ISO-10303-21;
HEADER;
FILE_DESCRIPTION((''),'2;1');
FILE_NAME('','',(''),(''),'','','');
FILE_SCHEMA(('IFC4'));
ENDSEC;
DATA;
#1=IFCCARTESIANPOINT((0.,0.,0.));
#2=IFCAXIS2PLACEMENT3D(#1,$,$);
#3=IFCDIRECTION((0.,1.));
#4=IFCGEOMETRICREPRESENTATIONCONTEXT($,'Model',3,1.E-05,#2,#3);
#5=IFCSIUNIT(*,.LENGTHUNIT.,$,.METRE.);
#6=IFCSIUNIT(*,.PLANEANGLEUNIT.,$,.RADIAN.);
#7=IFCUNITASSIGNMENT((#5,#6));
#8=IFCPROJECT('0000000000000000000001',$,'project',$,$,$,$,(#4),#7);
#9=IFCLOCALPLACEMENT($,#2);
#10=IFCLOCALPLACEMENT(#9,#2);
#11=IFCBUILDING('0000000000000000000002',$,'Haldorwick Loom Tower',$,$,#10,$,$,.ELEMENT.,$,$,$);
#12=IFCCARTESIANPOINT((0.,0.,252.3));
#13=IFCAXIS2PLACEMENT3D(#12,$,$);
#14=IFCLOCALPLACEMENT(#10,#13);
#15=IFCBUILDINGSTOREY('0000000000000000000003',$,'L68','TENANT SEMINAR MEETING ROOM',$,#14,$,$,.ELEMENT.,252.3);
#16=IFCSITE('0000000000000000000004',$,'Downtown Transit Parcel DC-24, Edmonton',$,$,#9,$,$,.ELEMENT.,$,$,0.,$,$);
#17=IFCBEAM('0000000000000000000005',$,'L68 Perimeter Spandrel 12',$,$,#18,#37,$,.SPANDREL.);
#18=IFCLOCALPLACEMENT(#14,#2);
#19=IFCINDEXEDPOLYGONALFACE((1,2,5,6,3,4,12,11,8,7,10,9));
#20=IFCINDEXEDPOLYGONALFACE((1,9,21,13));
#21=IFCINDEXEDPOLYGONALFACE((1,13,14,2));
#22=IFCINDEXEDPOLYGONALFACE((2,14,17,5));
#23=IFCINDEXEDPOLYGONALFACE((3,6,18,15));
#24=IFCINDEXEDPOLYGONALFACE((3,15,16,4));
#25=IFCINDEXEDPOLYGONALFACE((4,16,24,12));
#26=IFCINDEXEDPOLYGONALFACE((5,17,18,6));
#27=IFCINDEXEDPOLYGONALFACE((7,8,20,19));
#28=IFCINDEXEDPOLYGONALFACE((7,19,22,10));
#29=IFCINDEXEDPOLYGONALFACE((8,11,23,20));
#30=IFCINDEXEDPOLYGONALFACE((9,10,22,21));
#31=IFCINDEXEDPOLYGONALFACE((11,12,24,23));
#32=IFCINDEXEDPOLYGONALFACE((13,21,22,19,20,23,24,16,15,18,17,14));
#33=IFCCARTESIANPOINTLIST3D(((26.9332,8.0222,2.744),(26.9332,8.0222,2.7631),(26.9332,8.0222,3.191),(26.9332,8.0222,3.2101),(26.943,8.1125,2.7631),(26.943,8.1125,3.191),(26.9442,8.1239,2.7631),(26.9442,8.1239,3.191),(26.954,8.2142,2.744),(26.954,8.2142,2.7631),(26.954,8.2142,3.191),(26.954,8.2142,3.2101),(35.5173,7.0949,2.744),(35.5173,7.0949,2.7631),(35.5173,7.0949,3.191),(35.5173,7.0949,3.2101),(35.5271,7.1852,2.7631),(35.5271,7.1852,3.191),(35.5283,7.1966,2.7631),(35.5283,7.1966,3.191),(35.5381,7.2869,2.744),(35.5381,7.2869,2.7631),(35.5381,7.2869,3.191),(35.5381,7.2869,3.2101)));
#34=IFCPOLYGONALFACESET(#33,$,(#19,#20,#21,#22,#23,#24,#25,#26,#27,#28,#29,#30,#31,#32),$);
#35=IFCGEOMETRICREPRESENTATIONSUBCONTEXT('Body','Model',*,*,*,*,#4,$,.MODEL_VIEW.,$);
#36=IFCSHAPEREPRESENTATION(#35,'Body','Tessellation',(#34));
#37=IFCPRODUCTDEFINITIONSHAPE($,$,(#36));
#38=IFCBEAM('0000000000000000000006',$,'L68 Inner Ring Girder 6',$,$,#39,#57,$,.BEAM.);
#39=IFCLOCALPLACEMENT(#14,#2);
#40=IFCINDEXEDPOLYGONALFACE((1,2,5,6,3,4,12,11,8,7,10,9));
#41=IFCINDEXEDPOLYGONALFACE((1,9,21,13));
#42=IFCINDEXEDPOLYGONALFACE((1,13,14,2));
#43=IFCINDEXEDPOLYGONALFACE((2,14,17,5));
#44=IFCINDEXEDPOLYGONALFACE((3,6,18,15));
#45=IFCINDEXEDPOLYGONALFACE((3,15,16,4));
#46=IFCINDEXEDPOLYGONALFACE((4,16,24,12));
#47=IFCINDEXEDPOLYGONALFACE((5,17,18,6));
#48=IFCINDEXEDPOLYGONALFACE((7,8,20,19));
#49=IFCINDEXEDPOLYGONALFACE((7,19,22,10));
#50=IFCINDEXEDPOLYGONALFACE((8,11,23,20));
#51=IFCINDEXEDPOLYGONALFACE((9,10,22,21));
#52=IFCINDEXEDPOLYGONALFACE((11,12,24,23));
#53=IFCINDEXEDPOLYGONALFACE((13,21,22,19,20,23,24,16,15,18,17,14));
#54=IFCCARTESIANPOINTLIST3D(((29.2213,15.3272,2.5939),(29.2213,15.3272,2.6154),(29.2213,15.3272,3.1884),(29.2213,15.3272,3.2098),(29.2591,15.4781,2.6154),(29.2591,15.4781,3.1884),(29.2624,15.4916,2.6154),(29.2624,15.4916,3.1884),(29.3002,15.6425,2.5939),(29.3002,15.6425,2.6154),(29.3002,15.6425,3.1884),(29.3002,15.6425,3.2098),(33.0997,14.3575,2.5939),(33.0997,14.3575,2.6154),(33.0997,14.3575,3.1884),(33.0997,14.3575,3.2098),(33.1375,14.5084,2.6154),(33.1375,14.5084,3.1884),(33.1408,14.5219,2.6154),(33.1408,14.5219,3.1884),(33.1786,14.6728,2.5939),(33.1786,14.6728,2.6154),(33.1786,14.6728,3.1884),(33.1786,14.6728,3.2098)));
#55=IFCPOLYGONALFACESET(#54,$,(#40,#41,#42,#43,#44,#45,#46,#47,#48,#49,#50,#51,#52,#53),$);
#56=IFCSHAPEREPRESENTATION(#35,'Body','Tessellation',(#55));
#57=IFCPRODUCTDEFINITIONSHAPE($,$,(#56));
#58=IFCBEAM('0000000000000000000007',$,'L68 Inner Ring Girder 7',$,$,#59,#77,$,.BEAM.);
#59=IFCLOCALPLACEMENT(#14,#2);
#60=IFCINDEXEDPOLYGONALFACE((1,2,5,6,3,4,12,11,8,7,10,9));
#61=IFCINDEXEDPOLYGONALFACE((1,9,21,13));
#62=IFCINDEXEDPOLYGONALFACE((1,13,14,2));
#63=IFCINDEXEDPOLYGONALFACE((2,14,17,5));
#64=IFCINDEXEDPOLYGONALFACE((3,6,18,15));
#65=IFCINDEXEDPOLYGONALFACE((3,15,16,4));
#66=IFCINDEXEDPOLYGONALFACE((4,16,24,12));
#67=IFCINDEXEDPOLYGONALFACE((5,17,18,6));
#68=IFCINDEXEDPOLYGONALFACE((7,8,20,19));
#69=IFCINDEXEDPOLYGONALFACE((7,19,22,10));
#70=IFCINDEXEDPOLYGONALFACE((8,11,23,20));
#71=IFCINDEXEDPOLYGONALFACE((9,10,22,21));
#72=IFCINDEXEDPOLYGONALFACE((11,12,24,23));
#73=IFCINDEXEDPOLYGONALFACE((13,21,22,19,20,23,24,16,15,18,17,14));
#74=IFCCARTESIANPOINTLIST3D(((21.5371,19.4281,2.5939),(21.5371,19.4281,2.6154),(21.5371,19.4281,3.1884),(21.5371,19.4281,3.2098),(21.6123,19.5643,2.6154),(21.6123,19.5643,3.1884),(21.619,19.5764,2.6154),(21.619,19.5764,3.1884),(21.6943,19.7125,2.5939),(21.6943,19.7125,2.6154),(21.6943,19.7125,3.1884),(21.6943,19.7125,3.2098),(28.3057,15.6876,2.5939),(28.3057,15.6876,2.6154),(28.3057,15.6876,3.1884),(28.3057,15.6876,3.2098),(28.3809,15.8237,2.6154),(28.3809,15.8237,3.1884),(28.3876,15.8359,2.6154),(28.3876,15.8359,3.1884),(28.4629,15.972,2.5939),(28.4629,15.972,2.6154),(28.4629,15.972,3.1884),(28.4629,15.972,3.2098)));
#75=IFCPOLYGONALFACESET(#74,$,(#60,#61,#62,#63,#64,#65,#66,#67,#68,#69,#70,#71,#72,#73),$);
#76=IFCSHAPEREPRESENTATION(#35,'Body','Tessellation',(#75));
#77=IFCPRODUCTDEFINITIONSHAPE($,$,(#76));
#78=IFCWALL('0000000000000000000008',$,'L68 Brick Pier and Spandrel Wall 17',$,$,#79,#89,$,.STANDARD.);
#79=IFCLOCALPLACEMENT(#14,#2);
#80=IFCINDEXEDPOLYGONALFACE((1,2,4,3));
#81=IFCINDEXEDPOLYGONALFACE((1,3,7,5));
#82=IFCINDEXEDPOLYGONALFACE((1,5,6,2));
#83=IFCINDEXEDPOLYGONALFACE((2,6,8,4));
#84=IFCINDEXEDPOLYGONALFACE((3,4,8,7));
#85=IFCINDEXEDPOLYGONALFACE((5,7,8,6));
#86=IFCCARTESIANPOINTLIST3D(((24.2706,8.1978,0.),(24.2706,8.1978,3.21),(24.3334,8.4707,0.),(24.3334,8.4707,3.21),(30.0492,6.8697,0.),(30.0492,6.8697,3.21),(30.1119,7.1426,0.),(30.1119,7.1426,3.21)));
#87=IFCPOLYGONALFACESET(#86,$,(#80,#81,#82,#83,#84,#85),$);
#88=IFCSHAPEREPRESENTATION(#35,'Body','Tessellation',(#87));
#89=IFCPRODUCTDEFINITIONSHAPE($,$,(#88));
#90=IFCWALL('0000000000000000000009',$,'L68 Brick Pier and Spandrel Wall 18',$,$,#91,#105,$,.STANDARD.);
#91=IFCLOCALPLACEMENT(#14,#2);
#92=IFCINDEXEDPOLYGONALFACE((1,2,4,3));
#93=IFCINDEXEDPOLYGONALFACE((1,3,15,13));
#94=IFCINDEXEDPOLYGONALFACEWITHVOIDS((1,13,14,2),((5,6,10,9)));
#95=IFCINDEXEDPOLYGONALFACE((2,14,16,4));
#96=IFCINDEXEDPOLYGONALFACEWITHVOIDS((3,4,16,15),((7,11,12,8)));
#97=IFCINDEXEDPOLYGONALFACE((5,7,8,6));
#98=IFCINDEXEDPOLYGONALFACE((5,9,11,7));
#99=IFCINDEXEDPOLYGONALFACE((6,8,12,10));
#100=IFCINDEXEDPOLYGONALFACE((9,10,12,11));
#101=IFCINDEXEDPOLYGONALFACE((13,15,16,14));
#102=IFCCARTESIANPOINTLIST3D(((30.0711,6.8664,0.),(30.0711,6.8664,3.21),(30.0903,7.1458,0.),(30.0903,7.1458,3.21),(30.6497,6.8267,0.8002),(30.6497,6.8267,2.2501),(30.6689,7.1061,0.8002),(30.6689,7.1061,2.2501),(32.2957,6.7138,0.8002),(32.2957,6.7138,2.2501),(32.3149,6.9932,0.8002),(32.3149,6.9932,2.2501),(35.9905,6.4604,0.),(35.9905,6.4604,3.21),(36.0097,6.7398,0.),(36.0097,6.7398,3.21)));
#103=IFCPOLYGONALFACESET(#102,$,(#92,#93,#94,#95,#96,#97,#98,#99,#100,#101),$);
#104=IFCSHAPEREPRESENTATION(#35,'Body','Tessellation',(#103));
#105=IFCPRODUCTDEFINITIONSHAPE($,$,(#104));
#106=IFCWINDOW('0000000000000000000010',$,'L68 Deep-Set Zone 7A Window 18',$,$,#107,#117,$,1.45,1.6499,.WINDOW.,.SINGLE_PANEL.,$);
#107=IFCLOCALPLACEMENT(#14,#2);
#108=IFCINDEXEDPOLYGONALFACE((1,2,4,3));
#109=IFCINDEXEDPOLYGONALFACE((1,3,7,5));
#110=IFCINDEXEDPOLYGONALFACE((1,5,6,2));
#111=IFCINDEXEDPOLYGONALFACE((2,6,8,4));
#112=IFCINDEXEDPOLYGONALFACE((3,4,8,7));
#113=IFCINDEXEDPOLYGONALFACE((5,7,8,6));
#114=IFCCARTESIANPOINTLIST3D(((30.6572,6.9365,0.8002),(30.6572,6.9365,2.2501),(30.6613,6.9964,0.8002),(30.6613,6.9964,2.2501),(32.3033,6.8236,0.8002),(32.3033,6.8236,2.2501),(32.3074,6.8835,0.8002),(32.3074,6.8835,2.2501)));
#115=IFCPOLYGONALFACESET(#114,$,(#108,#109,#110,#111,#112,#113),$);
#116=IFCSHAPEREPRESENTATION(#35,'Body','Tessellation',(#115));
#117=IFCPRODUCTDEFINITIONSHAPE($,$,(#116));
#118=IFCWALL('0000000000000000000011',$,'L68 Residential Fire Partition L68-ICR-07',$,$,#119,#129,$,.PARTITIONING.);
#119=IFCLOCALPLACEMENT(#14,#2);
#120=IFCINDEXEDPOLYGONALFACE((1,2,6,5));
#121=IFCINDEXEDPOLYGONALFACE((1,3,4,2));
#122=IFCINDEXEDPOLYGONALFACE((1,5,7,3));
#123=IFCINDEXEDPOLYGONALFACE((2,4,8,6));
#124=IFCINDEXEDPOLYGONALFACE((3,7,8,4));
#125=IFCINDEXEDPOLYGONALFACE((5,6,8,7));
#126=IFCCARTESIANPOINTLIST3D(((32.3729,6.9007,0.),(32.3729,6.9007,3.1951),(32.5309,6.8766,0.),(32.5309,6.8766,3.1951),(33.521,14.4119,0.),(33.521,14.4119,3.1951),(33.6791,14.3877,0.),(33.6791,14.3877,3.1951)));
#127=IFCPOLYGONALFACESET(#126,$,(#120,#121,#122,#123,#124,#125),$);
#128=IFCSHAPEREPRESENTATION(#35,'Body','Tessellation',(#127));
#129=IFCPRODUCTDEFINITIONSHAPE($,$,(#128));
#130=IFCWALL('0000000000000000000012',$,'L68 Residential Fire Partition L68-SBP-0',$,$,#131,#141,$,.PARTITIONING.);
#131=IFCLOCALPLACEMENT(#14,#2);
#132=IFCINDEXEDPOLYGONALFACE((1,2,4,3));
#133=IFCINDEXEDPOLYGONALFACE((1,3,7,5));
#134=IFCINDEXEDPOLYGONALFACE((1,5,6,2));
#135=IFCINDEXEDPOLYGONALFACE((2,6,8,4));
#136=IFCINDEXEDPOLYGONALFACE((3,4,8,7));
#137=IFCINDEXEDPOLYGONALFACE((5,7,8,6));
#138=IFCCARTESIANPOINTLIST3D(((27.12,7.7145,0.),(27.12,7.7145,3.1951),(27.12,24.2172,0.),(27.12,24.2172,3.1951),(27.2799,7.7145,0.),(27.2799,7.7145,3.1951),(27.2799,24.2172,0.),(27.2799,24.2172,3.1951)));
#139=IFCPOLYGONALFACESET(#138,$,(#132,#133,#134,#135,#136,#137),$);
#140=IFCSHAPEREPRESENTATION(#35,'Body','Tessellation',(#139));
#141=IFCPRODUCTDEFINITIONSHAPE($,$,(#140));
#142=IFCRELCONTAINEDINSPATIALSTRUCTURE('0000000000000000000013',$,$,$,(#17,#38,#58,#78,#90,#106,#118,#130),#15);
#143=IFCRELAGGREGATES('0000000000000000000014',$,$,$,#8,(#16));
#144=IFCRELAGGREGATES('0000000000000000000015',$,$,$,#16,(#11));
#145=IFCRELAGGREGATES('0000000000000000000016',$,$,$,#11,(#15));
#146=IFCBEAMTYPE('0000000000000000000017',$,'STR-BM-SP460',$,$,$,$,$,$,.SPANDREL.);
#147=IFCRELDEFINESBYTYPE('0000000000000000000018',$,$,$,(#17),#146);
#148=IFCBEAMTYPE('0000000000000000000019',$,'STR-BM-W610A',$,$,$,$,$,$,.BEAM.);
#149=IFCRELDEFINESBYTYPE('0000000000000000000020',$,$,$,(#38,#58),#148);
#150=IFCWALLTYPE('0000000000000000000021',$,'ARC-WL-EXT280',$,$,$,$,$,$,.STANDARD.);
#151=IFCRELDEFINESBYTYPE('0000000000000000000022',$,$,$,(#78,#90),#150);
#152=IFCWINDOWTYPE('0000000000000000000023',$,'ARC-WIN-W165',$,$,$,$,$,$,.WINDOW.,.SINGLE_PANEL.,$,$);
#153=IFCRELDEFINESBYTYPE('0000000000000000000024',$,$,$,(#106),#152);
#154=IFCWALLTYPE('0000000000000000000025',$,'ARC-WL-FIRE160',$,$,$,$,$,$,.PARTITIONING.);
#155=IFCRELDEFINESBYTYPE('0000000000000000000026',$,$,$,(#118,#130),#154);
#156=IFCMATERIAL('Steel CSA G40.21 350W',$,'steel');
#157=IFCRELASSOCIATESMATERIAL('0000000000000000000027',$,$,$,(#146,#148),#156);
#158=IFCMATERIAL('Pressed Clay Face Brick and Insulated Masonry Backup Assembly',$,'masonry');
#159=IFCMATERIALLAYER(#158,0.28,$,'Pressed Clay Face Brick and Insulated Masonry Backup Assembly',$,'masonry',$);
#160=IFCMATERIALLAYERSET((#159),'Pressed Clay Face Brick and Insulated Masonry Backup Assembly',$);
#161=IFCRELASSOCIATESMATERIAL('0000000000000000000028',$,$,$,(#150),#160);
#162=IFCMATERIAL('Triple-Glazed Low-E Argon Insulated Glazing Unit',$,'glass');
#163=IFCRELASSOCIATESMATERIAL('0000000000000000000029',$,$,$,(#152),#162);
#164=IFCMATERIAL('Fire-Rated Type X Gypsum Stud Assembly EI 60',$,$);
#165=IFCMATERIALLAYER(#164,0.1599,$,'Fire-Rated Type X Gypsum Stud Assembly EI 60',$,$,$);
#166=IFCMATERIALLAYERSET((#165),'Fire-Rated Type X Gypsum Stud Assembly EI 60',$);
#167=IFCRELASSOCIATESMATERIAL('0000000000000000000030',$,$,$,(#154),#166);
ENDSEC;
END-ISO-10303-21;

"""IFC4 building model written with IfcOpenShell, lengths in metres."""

from ifc_helpers import new_model, si_unit, direction, frame, frame_2d, origin, origin_2d, place, context, subcontext, project, spatial, rectangle, i_section, extrude, material, layer, layer_set, material_profile, profile_set, type_object, element, fill, save


model = new_model("IFC4")

# Units and contexts
model_context = context("Model", 3, precision=1e-05, world=origin(), true_north=direction((0.0, 1.0)))
body_context = subcontext(model_context, "Body", "Model", "MODEL_VIEW")
ifc_project = project(units=[si_unit("LENGTHUNIT", "METRE"), si_unit("PLANEANGLEUNIT", "RADIAN")], contexts=[model_context])

# Site, building, storey
site_placement = place(None, origin())
site = spatial("IfcSite", under=ifc_project, at=site_placement, Name="Downtown Transit Parcel DC-24, Edmonton", CompositionType="ELEMENT", RefElevation=0.0)
building_placement = place(site_placement, origin())
building = spatial("IfcBuilding", under=site, at=building_placement, Name="Haldorwick Loom Tower", CompositionType="ELEMENT")
storey_placement = place(building_placement, frame((0.0, 0.0, 252.3)))
storey = spatial("IfcBuildingStorey", under=building, at=storey_placement, Name="L68", Description="TENANT SEMINAR MEETING ROOM", CompositionType="ELEMENT", Elevation=252.3)

# Beams
ifc_material_1 = material(Name="Steel CSA G40.21 350W", Category="steel")
ifc_material_profile_1 = material_profile(ifc_material_1, i_section(OverallWidth=0.1931, OverallDepth=0.4661, WebThickness=0.0115, FlangeThickness=0.019, at=origin_2d()), Name="W460X97", Category="steel")
ifc_profile_set_1 = profile_set([ifc_material_profile_1], Name="Steel CSA G40.21 350W")
beam_type_1 = type_object("IfcBeamType", Name="STR-BM-SP460", PredefinedType="SPANDREL", material=ifc_profile_set_1)
beam_1_placement = place(storey_placement, frame((26.9436, 8.1182, 2.9771), z_axis=(0.994216, -0.107396, 0.0), x_axis=(0.107396, 0.994216, 0.0)))
element("IfcBeam", 1, at=beam_1_placement, inside=storey, type_object=beam_type_1, Name="L68 Perimeter Spandrel 12", PredefinedType="SPANDREL", context=body_context, shape_type="SweptSolid", body=[
    extrude(i_section(OverallWidth=0.1931, OverallDepth=0.4661, WebThickness=0.0115, FlangeThickness=0.019, at=origin_2d()), origin(), (0.0, 0.0, 1.0), 8.634),
])
ifc_material_profile_2 = material_profile(ifc_material_1, i_section(OverallWidth=0.325, OverallDepth=0.616, WebThickness=0.0139, FlangeThickness=0.0215, at=origin_2d()), Name="W610X174", Category="steel")
ifc_profile_set_2 = profile_set([ifc_material_profile_2], Name="Steel CSA G40.21 350W")
beam_type_2 = type_object("IfcBeamType", Name="STR-BM-W610A", PredefinedType="BEAM", material=ifc_profile_set_2)
beam_2_placement = place(storey_placement, frame((33.1392, 14.5151, 2.9019), z_axis=(-0.970135, 0.242564, 0.0), x_axis=(-0.242564, -0.970135, 0.0)))
element("IfcBeam", 2, at=beam_2_placement, inside=storey, type_object=beam_type_2, Name="L68 Inner Ring Girder 6", PredefinedType="BEAM", context=body_context, shape_type="SweptSolid", body=[
    extrude(i_section(OverallWidth=0.325, OverallDepth=0.616, WebThickness=0.0139, FlangeThickness=0.0215, at=origin_2d()), origin(), (0.0, 0.0, 1.0), 3.9978),
])
beam_3_placement = place(storey_placement, frame((28.3843, 15.8298, 2.9019), z_axis=(-0.875244, 0.483682, 0.0), x_axis=(-0.483682, -0.875244, 0.0)))
element("IfcBeam", 3, at=beam_3_placement, inside=storey, type_object=beam_type_2, Name="L68 Inner Ring Girder 7", PredefinedType="BEAM", context=body_context, shape_type="SweptSolid", body=[
    extrude(i_section(OverallWidth=0.325, OverallDepth=0.616, WebThickness=0.0139, FlangeThickness=0.0215, at=origin_2d()), origin(), (0.0, 0.0, 1.0), 7.7334),
])

# Wall
ifc_material_2 = material(Name="Pressed Clay Face Brick and Insulated Masonry Backup Assembly", Category="masonry")
ifc_layer_1 = layer(ifc_material_2, 0.28, Name="Pressed Clay Face Brick and Insulated Masonry Backup Assembly", Category="masonry")
ifc_layer_set_1 = layer_set([ifc_layer_1], Name="Pressed Clay Face Brick and Insulated Masonry Backup Assembly")
wall_type_1 = type_object("IfcWallType", Name="ARC-WL-EXT280", PredefinedType="STANDARD", material=ifc_layer_set_1)
wall_1_placement = place(storey_placement, frame((24.302, 8.3342, 0.0), z_axis=(0.0, 0.0, 1.0), x_axis=(0.97459, -0.223996, 0.0)))
element("IfcWall", 4, at=wall_1_placement, inside=storey, type_object=wall_type_1, Name="L68 Brick Pier and Spandrel Wall 17", PredefinedType="STANDARD", context=body_context, shape_type="SweptSolid", body=[
    extrude(rectangle(XDim=5.9292, YDim=0.28, at=frame_2d((2.9646, 0.0))), origin(), (0.0, 0.0, 1.0), 3.21),
])

# Wall, opening, window
wall_2_placement = place(storey_placement, frame((30.0806, 7.0061, 0.0), z_axis=(0.0, 0.0, 1.0), x_axis=(0.997656, -0.068428, 0.0)))
wall_2 = element("IfcWall", 5, at=wall_2_placement, inside=storey, type_object=wall_type_1, Name="L68 Brick Pier and Spandrel Wall 18", PredefinedType="STANDARD", context=body_context, shape_type="SweptSolid", body=[
    extrude(rectangle(XDim=5.9333, YDim=0.28, at=frame_2d((2.9668, 0.0))), origin(), (0.0, 0.0, 1.0), 3.21),
])
opening_placement = place(wall_2_placement, frame((0.5801, 0.0, 0.8)))
opening = element("IfcOpeningElement", 6, at=opening_placement, cuts=wall_2, PredefinedType="OPENING", context=body_context, shape_type="SweptSolid", body=[
    extrude(rectangle(XDim=1.6499, YDim=1.45, at=frame_2d((0.825, 0.7251))), frame((0.0, 0.1499, 0.0), z_axis=(0.0, -1.0, 0.0), x_axis=(1.0, 0.0, 0.0)), (0.0, 0.0, 1.0), 0.3),
])
ifc_material_3 = material(Name="Triple-Glazed Low-E Argon Insulated Glazing Unit", Category="glass")
window_type = type_object("IfcWindowType", Name="ARC-WIN-W165", PartitioningType="SINGLE_PANEL", PredefinedType="WINDOW", material=ifc_material_3)
window_placement = place(opening_placement, origin())
window = element("IfcWindow", 7, at=window_placement, inside=storey, type_object=window_type, Name="L68 Deep-Set Zone 7A Window 18", OverallHeight=1.45, OverallWidth=1.6499, PartitioningType="SINGLE_PANEL", PredefinedType="WINDOW", context=body_context, shape_type="SweptSolid", body=[
    extrude(rectangle(XDim=1.6499, YDim=1.45, at=frame_2d((0.825, 0.7251))), frame((0.0, 0.03, 0.0), z_axis=(0.0, -1.0, 0.0), x_axis=(1.0, 0.0, 0.0)), (0.0, 0.0, 1.0), 0.0601),
])
fill(opening, window)

# Walls
ifc_material_4 = material(Name="Fire-Rated Type X Gypsum Stud Assembly EI 60")
ifc_layer_2 = layer(ifc_material_4, 0.1599, Name="Fire-Rated Type X Gypsum Stud Assembly EI 60")
ifc_layer_set_2 = layer_set([ifc_layer_2], Name="Fire-Rated Type X Gypsum Stud Assembly EI 60")
wall_type_2 = type_object("IfcWallType", Name="ARC-WL-FIRE160", PredefinedType="PARTITIONING", material=ifc_layer_set_2)
wall_3_placement = place(storey_placement, frame((33.6001, 14.3999, 0.0), z_axis=(0.0, 0.0, 1.0), x_axis=(-0.151108, -0.988517, 0.0)))
element("IfcWall", 8, at=wall_3_placement, inside=storey, type_object=wall_type_2, Name="L68 Residential Fire Partition L68-ICR-07", PredefinedType="PARTITIONING", context=body_context, shape_type="SweptSolid", body=[
    extrude(rectangle(XDim=7.5984, YDim=0.1599, at=frame_2d((3.7993, 0.0))), origin(), (0.0, 0.0, 1.0), 3.1951),
])
wall_4_placement = place(storey_placement, frame((27.2, 7.7144, 0.0), z_axis=(0.0, 0.0, 1.0), x_axis=(0.0, 1.0, 0.0)))
element("IfcWall", 9, at=wall_4_placement, inside=storey, type_object=wall_type_2, Name="L68 Residential Fire Partition L68-SBP-0", PredefinedType="PARTITIONING", context=body_context, shape_type="SweptSolid", body=[
    extrude(rectangle(XDim=16.5027, YDim=0.1599, at=frame_2d((8.2515, 0.0))), origin(), (0.0, 0.0, 1.0), 3.1951),
])

save(model, "model.ifc")
